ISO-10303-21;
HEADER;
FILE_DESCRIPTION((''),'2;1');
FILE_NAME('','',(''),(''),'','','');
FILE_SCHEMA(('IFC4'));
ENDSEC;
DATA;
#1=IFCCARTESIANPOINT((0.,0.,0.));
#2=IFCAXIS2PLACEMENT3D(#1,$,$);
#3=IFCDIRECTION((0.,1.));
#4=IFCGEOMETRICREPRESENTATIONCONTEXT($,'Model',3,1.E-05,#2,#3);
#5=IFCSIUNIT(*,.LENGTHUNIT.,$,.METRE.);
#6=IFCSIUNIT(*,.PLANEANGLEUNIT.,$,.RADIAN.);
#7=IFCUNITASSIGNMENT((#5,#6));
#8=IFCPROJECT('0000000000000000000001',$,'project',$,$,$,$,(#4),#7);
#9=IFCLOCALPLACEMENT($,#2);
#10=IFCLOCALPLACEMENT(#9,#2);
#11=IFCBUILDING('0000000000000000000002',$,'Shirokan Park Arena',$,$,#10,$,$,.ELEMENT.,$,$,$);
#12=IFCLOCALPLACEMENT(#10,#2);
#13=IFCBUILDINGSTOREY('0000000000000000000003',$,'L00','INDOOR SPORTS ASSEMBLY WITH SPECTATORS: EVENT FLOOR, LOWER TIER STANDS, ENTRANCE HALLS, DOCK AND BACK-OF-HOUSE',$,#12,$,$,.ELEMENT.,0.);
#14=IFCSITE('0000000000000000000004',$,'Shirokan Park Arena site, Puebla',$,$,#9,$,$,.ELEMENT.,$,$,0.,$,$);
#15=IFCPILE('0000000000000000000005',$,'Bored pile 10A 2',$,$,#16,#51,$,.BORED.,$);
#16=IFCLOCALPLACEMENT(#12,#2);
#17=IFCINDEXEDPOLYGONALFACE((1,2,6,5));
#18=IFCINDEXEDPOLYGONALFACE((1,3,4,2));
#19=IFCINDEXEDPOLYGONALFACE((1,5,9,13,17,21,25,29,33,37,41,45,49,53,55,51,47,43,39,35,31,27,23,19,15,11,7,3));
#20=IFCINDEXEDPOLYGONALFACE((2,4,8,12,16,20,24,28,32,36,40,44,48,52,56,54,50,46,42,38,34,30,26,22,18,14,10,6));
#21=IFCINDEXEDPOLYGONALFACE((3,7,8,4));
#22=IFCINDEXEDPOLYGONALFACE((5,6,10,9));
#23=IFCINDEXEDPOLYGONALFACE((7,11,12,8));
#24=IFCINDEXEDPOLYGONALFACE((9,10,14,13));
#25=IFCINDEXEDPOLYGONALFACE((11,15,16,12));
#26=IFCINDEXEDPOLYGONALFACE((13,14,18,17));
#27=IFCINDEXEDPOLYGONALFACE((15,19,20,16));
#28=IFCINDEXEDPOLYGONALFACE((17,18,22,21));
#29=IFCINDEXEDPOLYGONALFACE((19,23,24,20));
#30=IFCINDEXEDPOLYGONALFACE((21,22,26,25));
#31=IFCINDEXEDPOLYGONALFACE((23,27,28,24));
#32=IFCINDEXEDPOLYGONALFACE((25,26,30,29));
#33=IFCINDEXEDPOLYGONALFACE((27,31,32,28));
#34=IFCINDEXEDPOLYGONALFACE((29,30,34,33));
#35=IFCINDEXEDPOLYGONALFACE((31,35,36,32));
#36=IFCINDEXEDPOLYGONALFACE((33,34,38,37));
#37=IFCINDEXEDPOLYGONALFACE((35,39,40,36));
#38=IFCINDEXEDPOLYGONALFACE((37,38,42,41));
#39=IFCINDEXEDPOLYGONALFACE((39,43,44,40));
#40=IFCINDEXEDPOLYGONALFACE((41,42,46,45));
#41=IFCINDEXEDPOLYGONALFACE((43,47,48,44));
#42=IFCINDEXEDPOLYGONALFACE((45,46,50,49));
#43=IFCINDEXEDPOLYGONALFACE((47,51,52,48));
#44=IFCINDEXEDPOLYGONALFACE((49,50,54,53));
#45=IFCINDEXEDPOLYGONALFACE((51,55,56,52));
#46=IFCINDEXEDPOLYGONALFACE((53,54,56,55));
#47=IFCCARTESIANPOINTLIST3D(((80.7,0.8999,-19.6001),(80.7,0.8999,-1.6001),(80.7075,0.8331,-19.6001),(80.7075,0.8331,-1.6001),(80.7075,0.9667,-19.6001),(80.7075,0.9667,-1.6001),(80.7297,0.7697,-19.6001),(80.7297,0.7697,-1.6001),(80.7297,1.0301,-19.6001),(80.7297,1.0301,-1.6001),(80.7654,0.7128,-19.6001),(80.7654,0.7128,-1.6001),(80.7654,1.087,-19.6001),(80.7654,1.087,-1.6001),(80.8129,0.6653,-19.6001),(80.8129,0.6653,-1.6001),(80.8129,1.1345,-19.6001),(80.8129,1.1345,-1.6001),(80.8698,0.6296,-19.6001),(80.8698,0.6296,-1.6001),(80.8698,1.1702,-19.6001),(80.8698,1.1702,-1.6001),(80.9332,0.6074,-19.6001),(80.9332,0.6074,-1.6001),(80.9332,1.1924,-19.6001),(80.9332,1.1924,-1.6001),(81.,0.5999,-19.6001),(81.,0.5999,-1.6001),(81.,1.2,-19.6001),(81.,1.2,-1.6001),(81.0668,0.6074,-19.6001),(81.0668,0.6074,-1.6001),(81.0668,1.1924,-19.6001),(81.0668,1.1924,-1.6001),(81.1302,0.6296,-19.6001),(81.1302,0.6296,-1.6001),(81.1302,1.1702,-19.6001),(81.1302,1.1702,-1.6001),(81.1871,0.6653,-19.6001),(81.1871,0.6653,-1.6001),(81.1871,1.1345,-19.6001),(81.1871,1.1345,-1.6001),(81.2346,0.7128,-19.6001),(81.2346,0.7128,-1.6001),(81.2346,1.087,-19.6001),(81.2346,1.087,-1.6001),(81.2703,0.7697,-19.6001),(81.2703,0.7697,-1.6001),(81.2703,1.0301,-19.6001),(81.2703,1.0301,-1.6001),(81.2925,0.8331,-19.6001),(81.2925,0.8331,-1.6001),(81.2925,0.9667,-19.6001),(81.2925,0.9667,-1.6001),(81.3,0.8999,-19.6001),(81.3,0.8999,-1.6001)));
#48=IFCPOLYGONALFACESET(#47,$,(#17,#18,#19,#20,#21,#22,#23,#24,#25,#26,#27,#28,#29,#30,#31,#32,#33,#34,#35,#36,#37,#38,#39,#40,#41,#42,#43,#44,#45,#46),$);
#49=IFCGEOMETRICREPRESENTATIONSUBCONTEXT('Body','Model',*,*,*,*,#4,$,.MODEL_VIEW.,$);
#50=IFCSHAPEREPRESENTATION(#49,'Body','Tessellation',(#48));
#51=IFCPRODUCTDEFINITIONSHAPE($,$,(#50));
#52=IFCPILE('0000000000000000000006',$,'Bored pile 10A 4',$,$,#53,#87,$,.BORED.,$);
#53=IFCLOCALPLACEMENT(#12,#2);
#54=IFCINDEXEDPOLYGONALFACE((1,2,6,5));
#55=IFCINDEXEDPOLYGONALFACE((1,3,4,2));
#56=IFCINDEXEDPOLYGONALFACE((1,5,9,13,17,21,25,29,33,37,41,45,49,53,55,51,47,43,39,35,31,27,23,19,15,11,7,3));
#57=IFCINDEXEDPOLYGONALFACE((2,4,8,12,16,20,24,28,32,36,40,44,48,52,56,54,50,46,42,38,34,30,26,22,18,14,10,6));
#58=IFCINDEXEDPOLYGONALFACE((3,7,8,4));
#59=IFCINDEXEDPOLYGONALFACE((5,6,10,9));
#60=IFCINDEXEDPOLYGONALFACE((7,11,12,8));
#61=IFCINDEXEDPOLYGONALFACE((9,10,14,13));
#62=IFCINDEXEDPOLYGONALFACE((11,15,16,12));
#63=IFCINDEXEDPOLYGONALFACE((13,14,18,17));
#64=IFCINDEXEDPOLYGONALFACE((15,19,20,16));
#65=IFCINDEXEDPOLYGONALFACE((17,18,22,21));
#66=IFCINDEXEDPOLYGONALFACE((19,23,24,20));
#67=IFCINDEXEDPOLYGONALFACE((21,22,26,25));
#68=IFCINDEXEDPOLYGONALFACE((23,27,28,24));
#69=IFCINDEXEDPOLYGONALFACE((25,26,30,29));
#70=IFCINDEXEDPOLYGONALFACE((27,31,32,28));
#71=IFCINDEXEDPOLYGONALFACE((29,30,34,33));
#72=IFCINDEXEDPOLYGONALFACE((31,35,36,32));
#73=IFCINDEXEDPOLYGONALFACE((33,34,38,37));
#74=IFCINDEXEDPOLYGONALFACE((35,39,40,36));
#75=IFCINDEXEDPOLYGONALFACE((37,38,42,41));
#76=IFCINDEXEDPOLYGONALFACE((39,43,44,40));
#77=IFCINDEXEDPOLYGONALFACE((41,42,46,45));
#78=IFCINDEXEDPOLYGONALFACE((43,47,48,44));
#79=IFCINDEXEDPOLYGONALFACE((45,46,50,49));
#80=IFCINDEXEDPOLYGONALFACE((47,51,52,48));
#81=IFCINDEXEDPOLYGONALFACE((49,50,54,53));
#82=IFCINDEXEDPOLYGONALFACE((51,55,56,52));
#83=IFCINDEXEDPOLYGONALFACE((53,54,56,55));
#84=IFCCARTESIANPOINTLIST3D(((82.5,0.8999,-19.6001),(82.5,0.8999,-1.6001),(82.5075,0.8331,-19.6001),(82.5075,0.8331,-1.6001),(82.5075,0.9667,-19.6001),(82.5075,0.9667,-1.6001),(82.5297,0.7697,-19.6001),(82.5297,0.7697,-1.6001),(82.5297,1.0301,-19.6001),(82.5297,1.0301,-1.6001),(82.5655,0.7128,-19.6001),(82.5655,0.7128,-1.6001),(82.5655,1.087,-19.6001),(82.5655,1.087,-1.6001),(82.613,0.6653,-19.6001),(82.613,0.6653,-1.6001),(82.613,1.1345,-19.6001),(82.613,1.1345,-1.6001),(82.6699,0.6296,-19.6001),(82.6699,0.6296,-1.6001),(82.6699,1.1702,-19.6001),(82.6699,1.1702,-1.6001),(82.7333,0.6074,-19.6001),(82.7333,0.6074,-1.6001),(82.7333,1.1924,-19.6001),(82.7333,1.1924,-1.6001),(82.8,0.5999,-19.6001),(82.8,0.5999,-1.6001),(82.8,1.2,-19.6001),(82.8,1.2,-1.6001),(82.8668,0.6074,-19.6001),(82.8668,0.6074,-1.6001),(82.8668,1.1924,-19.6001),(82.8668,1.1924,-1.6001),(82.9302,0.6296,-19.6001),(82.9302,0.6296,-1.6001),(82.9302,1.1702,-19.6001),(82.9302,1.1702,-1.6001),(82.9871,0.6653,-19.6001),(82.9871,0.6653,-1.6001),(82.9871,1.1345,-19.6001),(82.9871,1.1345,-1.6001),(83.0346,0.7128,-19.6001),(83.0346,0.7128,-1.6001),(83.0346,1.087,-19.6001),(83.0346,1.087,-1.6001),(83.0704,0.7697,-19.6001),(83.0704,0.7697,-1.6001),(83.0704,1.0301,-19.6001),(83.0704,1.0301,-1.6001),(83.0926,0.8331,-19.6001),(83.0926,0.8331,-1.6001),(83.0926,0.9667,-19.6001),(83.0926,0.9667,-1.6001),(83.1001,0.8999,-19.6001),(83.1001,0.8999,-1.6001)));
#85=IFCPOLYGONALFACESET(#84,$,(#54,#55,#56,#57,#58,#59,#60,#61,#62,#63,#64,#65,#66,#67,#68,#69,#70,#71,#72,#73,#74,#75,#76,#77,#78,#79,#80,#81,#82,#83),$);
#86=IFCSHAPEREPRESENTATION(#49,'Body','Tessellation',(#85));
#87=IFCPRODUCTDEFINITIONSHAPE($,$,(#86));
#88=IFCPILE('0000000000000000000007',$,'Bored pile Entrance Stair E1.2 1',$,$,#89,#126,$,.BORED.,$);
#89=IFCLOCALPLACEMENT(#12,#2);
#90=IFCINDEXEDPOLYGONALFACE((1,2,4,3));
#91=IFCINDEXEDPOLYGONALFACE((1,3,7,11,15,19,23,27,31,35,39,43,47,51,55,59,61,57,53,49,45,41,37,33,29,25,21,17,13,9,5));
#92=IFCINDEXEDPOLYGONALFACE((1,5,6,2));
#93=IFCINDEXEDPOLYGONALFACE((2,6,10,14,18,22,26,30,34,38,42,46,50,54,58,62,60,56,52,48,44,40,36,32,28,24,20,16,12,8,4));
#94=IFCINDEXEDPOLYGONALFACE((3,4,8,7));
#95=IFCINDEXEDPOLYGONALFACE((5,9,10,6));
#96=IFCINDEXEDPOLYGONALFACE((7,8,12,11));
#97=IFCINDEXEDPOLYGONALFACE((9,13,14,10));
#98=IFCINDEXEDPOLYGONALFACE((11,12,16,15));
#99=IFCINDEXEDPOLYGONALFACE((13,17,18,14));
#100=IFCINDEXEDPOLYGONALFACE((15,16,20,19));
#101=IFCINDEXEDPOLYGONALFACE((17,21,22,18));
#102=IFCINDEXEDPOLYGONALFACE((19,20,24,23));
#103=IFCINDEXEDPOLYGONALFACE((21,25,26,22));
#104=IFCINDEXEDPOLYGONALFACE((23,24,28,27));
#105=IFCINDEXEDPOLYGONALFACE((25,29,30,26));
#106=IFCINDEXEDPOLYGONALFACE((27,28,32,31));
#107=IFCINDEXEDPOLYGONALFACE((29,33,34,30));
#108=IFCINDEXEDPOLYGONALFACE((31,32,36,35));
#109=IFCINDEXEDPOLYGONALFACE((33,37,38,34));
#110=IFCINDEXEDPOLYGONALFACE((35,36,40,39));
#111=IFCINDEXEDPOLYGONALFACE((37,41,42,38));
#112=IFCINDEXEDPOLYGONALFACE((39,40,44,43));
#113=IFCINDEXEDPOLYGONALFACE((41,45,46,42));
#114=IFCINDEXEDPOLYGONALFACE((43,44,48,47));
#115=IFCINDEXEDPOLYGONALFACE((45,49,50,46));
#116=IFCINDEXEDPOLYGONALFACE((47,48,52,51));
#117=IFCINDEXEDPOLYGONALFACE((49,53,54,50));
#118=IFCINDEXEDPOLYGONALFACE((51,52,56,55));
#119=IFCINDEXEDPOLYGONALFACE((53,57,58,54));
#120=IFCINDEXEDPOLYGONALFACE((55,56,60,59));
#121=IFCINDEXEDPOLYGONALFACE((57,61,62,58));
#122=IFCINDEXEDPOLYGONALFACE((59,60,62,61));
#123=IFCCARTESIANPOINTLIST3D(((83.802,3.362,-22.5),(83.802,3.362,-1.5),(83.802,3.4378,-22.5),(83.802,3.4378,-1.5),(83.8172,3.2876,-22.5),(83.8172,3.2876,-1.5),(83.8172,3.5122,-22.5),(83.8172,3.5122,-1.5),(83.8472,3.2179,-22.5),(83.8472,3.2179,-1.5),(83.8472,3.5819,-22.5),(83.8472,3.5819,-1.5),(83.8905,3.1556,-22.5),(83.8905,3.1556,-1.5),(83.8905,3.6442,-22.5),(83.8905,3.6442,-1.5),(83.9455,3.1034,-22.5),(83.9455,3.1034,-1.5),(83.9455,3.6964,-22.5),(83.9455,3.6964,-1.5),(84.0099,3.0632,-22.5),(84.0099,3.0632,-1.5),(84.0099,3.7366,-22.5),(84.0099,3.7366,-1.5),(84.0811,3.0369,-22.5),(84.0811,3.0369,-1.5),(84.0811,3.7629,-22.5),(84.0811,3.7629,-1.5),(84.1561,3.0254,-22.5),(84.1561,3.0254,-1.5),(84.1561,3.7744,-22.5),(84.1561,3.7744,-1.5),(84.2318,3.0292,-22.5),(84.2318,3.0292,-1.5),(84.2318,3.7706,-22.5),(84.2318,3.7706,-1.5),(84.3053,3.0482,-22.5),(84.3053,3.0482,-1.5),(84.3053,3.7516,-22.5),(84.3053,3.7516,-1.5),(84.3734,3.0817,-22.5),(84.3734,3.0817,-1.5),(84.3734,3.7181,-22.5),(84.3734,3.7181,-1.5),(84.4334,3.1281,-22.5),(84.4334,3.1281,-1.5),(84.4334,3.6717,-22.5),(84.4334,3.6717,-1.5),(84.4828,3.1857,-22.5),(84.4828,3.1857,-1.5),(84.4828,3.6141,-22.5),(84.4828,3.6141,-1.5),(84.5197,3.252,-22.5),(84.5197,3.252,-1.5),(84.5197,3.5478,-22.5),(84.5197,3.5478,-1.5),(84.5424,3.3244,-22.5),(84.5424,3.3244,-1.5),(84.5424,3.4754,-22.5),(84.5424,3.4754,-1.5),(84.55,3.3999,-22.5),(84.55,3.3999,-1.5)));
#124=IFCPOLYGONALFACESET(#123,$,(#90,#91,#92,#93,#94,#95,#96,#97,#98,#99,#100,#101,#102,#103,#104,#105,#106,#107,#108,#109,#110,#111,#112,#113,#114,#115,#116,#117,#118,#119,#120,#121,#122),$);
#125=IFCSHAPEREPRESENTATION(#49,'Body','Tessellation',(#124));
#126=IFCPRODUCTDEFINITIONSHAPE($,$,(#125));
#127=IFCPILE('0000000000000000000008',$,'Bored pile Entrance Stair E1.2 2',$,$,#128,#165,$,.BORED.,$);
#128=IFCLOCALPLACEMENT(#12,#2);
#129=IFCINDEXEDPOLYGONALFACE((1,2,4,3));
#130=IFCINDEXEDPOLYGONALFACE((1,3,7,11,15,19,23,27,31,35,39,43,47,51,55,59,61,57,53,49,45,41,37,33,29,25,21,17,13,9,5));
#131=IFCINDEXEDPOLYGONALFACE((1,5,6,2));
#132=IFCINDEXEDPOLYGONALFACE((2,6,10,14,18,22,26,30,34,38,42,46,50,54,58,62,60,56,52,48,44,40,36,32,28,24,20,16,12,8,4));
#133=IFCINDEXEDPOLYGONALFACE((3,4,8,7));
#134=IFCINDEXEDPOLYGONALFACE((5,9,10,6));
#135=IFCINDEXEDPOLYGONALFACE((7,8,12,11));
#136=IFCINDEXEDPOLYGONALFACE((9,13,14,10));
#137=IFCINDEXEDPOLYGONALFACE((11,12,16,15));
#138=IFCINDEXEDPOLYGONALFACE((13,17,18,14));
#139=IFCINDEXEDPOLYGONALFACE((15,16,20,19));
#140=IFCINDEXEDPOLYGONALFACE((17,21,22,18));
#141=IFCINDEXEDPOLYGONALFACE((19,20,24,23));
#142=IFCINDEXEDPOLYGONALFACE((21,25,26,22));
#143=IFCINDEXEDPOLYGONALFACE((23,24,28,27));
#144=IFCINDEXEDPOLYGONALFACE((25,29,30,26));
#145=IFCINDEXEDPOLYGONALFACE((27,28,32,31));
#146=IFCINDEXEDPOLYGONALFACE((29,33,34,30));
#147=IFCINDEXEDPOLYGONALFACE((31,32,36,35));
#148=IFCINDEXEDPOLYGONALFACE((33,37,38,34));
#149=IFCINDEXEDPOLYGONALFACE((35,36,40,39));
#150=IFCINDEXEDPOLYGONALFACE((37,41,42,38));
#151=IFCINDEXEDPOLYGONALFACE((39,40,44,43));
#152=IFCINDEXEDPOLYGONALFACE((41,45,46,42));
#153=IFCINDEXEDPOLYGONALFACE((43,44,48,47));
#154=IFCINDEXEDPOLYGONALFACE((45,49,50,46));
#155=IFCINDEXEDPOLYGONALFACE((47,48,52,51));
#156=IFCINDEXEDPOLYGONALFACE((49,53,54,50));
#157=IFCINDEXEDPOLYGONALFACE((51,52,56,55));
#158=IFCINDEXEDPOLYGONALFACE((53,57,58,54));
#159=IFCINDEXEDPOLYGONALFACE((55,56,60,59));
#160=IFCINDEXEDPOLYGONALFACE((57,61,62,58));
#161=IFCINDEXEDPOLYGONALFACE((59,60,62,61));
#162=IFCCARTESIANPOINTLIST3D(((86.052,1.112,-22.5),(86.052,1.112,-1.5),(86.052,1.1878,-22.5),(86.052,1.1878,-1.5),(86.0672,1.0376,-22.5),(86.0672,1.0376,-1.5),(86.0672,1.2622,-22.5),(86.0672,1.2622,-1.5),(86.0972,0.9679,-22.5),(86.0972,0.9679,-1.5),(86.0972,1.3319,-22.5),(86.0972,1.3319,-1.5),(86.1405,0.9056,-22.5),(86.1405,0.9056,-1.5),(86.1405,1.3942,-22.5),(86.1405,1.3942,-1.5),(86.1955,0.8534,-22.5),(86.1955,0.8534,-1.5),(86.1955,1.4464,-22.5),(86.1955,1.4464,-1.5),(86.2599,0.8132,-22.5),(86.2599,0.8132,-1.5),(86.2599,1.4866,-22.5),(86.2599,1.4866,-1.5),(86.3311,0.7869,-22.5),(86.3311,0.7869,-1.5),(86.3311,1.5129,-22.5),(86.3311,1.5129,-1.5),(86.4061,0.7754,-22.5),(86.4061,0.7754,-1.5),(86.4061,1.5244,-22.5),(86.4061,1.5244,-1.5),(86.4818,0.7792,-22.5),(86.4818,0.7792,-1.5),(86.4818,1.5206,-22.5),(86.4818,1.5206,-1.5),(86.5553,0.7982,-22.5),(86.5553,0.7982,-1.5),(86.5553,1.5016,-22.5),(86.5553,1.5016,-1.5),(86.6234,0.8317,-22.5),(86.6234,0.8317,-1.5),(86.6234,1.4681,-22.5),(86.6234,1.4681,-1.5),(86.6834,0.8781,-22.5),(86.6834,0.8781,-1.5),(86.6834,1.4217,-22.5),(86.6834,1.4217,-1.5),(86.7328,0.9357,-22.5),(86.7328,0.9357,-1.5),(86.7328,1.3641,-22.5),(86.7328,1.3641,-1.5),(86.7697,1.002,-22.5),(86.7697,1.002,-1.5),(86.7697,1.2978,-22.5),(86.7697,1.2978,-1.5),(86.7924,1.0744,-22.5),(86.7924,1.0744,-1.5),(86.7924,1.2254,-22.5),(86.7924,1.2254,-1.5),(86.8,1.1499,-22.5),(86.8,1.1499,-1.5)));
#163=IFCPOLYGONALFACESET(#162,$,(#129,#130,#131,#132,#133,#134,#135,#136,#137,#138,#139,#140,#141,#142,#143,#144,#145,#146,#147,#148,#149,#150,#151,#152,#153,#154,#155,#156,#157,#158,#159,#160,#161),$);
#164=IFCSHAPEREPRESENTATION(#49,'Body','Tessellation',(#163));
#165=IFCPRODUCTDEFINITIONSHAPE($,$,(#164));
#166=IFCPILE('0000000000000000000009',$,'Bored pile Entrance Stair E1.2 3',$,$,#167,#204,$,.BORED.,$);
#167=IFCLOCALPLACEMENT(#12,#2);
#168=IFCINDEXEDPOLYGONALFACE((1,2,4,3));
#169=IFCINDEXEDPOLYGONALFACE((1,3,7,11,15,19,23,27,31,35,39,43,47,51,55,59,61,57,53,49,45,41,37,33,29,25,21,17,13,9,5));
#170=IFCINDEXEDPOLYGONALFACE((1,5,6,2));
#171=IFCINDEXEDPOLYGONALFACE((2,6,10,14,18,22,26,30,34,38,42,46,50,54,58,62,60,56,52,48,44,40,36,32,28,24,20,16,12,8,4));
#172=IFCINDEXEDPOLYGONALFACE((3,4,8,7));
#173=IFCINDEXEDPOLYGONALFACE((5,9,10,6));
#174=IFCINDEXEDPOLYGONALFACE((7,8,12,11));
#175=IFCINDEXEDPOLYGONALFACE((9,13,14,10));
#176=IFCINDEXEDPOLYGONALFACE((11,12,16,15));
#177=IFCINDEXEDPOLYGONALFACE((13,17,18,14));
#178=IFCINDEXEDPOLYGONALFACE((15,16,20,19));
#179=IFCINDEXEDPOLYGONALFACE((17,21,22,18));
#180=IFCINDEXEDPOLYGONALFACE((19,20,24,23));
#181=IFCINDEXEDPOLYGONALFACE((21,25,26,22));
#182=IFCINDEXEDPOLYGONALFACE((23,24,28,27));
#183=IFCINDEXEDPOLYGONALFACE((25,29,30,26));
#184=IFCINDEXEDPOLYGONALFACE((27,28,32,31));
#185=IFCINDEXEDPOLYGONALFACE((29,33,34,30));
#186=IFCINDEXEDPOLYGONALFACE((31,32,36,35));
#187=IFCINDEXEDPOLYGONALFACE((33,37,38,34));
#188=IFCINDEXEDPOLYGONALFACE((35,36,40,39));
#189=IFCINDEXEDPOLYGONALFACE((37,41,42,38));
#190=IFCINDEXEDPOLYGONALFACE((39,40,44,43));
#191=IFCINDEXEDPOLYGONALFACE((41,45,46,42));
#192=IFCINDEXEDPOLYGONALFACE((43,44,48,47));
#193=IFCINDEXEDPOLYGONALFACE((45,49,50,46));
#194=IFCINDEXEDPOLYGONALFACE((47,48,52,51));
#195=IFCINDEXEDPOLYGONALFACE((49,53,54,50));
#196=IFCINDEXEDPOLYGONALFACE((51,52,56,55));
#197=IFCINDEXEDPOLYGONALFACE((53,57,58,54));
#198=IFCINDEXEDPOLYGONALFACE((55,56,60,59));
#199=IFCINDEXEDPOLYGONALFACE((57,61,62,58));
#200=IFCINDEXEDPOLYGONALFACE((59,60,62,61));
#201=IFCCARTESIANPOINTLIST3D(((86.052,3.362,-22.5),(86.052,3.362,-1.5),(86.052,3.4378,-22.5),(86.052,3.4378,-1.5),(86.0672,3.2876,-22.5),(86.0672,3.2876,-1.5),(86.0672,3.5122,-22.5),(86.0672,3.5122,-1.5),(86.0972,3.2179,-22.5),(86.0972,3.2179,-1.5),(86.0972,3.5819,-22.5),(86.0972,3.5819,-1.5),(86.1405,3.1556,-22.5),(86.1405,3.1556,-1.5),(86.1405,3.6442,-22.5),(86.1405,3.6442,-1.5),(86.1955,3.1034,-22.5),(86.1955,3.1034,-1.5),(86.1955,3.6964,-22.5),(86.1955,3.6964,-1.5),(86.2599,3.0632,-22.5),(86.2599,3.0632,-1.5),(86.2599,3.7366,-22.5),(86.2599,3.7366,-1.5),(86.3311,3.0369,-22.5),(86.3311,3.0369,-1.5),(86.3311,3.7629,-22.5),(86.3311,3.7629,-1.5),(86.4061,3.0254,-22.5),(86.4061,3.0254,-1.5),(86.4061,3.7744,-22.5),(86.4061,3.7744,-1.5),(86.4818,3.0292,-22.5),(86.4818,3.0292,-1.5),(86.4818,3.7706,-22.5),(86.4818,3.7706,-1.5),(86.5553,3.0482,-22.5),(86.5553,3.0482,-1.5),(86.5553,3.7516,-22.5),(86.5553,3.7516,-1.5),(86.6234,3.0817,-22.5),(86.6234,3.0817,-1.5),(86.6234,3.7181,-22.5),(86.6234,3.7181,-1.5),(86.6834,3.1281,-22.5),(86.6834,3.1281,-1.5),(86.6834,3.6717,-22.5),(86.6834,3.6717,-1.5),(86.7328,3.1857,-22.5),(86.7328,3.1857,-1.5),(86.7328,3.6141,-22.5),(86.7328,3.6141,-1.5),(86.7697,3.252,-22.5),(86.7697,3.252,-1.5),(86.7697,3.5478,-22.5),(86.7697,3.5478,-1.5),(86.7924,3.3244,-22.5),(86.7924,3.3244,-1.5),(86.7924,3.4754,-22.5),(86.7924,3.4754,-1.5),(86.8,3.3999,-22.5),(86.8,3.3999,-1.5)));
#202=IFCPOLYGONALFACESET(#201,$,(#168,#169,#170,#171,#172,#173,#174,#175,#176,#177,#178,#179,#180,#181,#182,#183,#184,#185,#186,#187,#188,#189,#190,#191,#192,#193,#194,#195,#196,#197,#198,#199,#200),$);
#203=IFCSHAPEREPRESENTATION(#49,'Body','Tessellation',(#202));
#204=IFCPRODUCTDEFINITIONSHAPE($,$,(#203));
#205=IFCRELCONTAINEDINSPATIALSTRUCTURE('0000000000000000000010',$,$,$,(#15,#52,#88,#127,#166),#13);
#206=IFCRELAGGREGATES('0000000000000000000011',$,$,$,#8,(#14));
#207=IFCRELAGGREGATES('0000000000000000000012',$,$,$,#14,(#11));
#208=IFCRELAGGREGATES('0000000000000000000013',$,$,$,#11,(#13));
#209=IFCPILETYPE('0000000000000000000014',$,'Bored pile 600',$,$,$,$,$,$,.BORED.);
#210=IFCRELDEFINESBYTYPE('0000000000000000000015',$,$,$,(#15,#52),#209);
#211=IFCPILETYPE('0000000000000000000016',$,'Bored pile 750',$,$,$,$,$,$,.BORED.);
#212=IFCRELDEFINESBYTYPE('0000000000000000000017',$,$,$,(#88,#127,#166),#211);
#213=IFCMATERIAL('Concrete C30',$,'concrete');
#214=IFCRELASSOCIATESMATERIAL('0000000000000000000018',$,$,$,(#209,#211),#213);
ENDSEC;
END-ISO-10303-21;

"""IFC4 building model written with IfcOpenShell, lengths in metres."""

from ifc_helpers import new_model, si_unit, direction, frame, origin, origin_2d, place, context, subcontext, project, spatial, circle, extrude, material, material_profile, profile_set, type_object, element, save


model = new_model("IFC4")

# Units and contexts
model_context = context("Model", 3, precision=1e-05, world=origin(), true_north=direction((0.0, 1.0)))
body_context = subcontext(model_context, "Body", "Model", "MODEL_VIEW")
ifc_project = project(units=[si_unit("LENGTHUNIT", "METRE"), si_unit("PLANEANGLEUNIT", "RADIAN")], contexts=[model_context])

# Site, building, storey
site_placement = place(None, origin())
site = spatial("IfcSite", under=ifc_project, at=site_placement, Name="Shirokan Park Arena site, Puebla", CompositionType="ELEMENT", RefElevation=0.0)
building_placement = place(site_placement, origin())
building = spatial("IfcBuilding", under=site, at=building_placement, Name="Shirokan Park Arena", CompositionType="ELEMENT")
storey_placement = place(building_placement, origin())
storey = spatial("IfcBuildingStorey", under=building, at=storey_placement, Name="L00", Description="INDOOR SPORTS ASSEMBLY WITH SPECTATORS: EVENT FLOOR, LOWER TIER STANDS, ENTRANCE HALLS, DOCK AND BACK-OF-HOUSE", CompositionType="ELEMENT", Elevation=0.0)

# Piles
ifc_material_1 = material(Name="Concrete C30", Category="concrete")
ifc_material_profile_1 = material_profile(ifc_material_1, circle(Radius=0.3, at=origin_2d()), Name="D600")
ifc_profile_set_1 = profile_set([ifc_material_profile_1], Name="Concrete C30")
pile_type_1 = type_object("IfcPileType", Name="Bored pile 600", PredefinedType="BORED", material=ifc_profile_set_1)
for number, where, z_axis, x_axis, name in (
    (1, (81.0, 0.8999, -1.6001), (0.0, 0.0, -1.0), (1.0, 0.0, 0.0), "Bored pile 10A 2"),
    (2, (82.8, 0.8999, -1.6001), (0.0, 0.0, -1.0), (1.0, 0.0, 0.0), "Bored pile 10A 4"),
):
    element("IfcPile", number, at=place(storey_placement, frame(where, z_axis=z_axis, x_axis=x_axis)), inside=storey, type_object=pile_type_1, Name=name, PredefinedType="BORED", context=body_context, shape_type="SweptSolid", body=[
        extrude(circle(Radius=0.3, at=origin_2d()), origin(), (0.0, 0.0, 1.0), 18.0),
    ])
ifc_material_profile_2 = material_profile(ifc_material_1, circle(Radius=0.375, at=origin_2d()), Name="D750")
ifc_profile_set_2 = profile_set([ifc_material_profile_2], Name="Concrete C30")
pile_type_2 = type_object("IfcPileType", Name="Bored pile 750", PredefinedType="BORED", material=ifc_profile_set_2)
for number, where, z_axis, x_axis, name in (
    (3, (84.175, 3.3999, -1.5), (0.0, 0.0, -1.0), (1.0, 0.0, 0.0), "Bored pile Entrance Stair E1.2 1"),
    (4, (86.425, 1.1499, -1.5), (0.0, 0.0, -1.0), (1.0, 0.0, 0.0), "Bored pile Entrance Stair E1.2 2"),
    (5, (86.425, 3.3999, -1.5), (0.0, 0.0, -1.0), (1.0, 0.0, 0.0), "Bored pile Entrance Stair E1.2 3"),
):
    element("IfcPile", number, at=place(storey_placement, frame(where, z_axis=z_axis, x_axis=x_axis)), inside=storey, type_object=pile_type_2, Name=name, PredefinedType="BORED", context=body_context, shape_type="SweptSolid", body=[
        extrude(circle(Radius=0.375, at=origin_2d()), origin(), (0.0, 0.0, 1.0), 21.0),
    ])

save(model, "model.ifc")
